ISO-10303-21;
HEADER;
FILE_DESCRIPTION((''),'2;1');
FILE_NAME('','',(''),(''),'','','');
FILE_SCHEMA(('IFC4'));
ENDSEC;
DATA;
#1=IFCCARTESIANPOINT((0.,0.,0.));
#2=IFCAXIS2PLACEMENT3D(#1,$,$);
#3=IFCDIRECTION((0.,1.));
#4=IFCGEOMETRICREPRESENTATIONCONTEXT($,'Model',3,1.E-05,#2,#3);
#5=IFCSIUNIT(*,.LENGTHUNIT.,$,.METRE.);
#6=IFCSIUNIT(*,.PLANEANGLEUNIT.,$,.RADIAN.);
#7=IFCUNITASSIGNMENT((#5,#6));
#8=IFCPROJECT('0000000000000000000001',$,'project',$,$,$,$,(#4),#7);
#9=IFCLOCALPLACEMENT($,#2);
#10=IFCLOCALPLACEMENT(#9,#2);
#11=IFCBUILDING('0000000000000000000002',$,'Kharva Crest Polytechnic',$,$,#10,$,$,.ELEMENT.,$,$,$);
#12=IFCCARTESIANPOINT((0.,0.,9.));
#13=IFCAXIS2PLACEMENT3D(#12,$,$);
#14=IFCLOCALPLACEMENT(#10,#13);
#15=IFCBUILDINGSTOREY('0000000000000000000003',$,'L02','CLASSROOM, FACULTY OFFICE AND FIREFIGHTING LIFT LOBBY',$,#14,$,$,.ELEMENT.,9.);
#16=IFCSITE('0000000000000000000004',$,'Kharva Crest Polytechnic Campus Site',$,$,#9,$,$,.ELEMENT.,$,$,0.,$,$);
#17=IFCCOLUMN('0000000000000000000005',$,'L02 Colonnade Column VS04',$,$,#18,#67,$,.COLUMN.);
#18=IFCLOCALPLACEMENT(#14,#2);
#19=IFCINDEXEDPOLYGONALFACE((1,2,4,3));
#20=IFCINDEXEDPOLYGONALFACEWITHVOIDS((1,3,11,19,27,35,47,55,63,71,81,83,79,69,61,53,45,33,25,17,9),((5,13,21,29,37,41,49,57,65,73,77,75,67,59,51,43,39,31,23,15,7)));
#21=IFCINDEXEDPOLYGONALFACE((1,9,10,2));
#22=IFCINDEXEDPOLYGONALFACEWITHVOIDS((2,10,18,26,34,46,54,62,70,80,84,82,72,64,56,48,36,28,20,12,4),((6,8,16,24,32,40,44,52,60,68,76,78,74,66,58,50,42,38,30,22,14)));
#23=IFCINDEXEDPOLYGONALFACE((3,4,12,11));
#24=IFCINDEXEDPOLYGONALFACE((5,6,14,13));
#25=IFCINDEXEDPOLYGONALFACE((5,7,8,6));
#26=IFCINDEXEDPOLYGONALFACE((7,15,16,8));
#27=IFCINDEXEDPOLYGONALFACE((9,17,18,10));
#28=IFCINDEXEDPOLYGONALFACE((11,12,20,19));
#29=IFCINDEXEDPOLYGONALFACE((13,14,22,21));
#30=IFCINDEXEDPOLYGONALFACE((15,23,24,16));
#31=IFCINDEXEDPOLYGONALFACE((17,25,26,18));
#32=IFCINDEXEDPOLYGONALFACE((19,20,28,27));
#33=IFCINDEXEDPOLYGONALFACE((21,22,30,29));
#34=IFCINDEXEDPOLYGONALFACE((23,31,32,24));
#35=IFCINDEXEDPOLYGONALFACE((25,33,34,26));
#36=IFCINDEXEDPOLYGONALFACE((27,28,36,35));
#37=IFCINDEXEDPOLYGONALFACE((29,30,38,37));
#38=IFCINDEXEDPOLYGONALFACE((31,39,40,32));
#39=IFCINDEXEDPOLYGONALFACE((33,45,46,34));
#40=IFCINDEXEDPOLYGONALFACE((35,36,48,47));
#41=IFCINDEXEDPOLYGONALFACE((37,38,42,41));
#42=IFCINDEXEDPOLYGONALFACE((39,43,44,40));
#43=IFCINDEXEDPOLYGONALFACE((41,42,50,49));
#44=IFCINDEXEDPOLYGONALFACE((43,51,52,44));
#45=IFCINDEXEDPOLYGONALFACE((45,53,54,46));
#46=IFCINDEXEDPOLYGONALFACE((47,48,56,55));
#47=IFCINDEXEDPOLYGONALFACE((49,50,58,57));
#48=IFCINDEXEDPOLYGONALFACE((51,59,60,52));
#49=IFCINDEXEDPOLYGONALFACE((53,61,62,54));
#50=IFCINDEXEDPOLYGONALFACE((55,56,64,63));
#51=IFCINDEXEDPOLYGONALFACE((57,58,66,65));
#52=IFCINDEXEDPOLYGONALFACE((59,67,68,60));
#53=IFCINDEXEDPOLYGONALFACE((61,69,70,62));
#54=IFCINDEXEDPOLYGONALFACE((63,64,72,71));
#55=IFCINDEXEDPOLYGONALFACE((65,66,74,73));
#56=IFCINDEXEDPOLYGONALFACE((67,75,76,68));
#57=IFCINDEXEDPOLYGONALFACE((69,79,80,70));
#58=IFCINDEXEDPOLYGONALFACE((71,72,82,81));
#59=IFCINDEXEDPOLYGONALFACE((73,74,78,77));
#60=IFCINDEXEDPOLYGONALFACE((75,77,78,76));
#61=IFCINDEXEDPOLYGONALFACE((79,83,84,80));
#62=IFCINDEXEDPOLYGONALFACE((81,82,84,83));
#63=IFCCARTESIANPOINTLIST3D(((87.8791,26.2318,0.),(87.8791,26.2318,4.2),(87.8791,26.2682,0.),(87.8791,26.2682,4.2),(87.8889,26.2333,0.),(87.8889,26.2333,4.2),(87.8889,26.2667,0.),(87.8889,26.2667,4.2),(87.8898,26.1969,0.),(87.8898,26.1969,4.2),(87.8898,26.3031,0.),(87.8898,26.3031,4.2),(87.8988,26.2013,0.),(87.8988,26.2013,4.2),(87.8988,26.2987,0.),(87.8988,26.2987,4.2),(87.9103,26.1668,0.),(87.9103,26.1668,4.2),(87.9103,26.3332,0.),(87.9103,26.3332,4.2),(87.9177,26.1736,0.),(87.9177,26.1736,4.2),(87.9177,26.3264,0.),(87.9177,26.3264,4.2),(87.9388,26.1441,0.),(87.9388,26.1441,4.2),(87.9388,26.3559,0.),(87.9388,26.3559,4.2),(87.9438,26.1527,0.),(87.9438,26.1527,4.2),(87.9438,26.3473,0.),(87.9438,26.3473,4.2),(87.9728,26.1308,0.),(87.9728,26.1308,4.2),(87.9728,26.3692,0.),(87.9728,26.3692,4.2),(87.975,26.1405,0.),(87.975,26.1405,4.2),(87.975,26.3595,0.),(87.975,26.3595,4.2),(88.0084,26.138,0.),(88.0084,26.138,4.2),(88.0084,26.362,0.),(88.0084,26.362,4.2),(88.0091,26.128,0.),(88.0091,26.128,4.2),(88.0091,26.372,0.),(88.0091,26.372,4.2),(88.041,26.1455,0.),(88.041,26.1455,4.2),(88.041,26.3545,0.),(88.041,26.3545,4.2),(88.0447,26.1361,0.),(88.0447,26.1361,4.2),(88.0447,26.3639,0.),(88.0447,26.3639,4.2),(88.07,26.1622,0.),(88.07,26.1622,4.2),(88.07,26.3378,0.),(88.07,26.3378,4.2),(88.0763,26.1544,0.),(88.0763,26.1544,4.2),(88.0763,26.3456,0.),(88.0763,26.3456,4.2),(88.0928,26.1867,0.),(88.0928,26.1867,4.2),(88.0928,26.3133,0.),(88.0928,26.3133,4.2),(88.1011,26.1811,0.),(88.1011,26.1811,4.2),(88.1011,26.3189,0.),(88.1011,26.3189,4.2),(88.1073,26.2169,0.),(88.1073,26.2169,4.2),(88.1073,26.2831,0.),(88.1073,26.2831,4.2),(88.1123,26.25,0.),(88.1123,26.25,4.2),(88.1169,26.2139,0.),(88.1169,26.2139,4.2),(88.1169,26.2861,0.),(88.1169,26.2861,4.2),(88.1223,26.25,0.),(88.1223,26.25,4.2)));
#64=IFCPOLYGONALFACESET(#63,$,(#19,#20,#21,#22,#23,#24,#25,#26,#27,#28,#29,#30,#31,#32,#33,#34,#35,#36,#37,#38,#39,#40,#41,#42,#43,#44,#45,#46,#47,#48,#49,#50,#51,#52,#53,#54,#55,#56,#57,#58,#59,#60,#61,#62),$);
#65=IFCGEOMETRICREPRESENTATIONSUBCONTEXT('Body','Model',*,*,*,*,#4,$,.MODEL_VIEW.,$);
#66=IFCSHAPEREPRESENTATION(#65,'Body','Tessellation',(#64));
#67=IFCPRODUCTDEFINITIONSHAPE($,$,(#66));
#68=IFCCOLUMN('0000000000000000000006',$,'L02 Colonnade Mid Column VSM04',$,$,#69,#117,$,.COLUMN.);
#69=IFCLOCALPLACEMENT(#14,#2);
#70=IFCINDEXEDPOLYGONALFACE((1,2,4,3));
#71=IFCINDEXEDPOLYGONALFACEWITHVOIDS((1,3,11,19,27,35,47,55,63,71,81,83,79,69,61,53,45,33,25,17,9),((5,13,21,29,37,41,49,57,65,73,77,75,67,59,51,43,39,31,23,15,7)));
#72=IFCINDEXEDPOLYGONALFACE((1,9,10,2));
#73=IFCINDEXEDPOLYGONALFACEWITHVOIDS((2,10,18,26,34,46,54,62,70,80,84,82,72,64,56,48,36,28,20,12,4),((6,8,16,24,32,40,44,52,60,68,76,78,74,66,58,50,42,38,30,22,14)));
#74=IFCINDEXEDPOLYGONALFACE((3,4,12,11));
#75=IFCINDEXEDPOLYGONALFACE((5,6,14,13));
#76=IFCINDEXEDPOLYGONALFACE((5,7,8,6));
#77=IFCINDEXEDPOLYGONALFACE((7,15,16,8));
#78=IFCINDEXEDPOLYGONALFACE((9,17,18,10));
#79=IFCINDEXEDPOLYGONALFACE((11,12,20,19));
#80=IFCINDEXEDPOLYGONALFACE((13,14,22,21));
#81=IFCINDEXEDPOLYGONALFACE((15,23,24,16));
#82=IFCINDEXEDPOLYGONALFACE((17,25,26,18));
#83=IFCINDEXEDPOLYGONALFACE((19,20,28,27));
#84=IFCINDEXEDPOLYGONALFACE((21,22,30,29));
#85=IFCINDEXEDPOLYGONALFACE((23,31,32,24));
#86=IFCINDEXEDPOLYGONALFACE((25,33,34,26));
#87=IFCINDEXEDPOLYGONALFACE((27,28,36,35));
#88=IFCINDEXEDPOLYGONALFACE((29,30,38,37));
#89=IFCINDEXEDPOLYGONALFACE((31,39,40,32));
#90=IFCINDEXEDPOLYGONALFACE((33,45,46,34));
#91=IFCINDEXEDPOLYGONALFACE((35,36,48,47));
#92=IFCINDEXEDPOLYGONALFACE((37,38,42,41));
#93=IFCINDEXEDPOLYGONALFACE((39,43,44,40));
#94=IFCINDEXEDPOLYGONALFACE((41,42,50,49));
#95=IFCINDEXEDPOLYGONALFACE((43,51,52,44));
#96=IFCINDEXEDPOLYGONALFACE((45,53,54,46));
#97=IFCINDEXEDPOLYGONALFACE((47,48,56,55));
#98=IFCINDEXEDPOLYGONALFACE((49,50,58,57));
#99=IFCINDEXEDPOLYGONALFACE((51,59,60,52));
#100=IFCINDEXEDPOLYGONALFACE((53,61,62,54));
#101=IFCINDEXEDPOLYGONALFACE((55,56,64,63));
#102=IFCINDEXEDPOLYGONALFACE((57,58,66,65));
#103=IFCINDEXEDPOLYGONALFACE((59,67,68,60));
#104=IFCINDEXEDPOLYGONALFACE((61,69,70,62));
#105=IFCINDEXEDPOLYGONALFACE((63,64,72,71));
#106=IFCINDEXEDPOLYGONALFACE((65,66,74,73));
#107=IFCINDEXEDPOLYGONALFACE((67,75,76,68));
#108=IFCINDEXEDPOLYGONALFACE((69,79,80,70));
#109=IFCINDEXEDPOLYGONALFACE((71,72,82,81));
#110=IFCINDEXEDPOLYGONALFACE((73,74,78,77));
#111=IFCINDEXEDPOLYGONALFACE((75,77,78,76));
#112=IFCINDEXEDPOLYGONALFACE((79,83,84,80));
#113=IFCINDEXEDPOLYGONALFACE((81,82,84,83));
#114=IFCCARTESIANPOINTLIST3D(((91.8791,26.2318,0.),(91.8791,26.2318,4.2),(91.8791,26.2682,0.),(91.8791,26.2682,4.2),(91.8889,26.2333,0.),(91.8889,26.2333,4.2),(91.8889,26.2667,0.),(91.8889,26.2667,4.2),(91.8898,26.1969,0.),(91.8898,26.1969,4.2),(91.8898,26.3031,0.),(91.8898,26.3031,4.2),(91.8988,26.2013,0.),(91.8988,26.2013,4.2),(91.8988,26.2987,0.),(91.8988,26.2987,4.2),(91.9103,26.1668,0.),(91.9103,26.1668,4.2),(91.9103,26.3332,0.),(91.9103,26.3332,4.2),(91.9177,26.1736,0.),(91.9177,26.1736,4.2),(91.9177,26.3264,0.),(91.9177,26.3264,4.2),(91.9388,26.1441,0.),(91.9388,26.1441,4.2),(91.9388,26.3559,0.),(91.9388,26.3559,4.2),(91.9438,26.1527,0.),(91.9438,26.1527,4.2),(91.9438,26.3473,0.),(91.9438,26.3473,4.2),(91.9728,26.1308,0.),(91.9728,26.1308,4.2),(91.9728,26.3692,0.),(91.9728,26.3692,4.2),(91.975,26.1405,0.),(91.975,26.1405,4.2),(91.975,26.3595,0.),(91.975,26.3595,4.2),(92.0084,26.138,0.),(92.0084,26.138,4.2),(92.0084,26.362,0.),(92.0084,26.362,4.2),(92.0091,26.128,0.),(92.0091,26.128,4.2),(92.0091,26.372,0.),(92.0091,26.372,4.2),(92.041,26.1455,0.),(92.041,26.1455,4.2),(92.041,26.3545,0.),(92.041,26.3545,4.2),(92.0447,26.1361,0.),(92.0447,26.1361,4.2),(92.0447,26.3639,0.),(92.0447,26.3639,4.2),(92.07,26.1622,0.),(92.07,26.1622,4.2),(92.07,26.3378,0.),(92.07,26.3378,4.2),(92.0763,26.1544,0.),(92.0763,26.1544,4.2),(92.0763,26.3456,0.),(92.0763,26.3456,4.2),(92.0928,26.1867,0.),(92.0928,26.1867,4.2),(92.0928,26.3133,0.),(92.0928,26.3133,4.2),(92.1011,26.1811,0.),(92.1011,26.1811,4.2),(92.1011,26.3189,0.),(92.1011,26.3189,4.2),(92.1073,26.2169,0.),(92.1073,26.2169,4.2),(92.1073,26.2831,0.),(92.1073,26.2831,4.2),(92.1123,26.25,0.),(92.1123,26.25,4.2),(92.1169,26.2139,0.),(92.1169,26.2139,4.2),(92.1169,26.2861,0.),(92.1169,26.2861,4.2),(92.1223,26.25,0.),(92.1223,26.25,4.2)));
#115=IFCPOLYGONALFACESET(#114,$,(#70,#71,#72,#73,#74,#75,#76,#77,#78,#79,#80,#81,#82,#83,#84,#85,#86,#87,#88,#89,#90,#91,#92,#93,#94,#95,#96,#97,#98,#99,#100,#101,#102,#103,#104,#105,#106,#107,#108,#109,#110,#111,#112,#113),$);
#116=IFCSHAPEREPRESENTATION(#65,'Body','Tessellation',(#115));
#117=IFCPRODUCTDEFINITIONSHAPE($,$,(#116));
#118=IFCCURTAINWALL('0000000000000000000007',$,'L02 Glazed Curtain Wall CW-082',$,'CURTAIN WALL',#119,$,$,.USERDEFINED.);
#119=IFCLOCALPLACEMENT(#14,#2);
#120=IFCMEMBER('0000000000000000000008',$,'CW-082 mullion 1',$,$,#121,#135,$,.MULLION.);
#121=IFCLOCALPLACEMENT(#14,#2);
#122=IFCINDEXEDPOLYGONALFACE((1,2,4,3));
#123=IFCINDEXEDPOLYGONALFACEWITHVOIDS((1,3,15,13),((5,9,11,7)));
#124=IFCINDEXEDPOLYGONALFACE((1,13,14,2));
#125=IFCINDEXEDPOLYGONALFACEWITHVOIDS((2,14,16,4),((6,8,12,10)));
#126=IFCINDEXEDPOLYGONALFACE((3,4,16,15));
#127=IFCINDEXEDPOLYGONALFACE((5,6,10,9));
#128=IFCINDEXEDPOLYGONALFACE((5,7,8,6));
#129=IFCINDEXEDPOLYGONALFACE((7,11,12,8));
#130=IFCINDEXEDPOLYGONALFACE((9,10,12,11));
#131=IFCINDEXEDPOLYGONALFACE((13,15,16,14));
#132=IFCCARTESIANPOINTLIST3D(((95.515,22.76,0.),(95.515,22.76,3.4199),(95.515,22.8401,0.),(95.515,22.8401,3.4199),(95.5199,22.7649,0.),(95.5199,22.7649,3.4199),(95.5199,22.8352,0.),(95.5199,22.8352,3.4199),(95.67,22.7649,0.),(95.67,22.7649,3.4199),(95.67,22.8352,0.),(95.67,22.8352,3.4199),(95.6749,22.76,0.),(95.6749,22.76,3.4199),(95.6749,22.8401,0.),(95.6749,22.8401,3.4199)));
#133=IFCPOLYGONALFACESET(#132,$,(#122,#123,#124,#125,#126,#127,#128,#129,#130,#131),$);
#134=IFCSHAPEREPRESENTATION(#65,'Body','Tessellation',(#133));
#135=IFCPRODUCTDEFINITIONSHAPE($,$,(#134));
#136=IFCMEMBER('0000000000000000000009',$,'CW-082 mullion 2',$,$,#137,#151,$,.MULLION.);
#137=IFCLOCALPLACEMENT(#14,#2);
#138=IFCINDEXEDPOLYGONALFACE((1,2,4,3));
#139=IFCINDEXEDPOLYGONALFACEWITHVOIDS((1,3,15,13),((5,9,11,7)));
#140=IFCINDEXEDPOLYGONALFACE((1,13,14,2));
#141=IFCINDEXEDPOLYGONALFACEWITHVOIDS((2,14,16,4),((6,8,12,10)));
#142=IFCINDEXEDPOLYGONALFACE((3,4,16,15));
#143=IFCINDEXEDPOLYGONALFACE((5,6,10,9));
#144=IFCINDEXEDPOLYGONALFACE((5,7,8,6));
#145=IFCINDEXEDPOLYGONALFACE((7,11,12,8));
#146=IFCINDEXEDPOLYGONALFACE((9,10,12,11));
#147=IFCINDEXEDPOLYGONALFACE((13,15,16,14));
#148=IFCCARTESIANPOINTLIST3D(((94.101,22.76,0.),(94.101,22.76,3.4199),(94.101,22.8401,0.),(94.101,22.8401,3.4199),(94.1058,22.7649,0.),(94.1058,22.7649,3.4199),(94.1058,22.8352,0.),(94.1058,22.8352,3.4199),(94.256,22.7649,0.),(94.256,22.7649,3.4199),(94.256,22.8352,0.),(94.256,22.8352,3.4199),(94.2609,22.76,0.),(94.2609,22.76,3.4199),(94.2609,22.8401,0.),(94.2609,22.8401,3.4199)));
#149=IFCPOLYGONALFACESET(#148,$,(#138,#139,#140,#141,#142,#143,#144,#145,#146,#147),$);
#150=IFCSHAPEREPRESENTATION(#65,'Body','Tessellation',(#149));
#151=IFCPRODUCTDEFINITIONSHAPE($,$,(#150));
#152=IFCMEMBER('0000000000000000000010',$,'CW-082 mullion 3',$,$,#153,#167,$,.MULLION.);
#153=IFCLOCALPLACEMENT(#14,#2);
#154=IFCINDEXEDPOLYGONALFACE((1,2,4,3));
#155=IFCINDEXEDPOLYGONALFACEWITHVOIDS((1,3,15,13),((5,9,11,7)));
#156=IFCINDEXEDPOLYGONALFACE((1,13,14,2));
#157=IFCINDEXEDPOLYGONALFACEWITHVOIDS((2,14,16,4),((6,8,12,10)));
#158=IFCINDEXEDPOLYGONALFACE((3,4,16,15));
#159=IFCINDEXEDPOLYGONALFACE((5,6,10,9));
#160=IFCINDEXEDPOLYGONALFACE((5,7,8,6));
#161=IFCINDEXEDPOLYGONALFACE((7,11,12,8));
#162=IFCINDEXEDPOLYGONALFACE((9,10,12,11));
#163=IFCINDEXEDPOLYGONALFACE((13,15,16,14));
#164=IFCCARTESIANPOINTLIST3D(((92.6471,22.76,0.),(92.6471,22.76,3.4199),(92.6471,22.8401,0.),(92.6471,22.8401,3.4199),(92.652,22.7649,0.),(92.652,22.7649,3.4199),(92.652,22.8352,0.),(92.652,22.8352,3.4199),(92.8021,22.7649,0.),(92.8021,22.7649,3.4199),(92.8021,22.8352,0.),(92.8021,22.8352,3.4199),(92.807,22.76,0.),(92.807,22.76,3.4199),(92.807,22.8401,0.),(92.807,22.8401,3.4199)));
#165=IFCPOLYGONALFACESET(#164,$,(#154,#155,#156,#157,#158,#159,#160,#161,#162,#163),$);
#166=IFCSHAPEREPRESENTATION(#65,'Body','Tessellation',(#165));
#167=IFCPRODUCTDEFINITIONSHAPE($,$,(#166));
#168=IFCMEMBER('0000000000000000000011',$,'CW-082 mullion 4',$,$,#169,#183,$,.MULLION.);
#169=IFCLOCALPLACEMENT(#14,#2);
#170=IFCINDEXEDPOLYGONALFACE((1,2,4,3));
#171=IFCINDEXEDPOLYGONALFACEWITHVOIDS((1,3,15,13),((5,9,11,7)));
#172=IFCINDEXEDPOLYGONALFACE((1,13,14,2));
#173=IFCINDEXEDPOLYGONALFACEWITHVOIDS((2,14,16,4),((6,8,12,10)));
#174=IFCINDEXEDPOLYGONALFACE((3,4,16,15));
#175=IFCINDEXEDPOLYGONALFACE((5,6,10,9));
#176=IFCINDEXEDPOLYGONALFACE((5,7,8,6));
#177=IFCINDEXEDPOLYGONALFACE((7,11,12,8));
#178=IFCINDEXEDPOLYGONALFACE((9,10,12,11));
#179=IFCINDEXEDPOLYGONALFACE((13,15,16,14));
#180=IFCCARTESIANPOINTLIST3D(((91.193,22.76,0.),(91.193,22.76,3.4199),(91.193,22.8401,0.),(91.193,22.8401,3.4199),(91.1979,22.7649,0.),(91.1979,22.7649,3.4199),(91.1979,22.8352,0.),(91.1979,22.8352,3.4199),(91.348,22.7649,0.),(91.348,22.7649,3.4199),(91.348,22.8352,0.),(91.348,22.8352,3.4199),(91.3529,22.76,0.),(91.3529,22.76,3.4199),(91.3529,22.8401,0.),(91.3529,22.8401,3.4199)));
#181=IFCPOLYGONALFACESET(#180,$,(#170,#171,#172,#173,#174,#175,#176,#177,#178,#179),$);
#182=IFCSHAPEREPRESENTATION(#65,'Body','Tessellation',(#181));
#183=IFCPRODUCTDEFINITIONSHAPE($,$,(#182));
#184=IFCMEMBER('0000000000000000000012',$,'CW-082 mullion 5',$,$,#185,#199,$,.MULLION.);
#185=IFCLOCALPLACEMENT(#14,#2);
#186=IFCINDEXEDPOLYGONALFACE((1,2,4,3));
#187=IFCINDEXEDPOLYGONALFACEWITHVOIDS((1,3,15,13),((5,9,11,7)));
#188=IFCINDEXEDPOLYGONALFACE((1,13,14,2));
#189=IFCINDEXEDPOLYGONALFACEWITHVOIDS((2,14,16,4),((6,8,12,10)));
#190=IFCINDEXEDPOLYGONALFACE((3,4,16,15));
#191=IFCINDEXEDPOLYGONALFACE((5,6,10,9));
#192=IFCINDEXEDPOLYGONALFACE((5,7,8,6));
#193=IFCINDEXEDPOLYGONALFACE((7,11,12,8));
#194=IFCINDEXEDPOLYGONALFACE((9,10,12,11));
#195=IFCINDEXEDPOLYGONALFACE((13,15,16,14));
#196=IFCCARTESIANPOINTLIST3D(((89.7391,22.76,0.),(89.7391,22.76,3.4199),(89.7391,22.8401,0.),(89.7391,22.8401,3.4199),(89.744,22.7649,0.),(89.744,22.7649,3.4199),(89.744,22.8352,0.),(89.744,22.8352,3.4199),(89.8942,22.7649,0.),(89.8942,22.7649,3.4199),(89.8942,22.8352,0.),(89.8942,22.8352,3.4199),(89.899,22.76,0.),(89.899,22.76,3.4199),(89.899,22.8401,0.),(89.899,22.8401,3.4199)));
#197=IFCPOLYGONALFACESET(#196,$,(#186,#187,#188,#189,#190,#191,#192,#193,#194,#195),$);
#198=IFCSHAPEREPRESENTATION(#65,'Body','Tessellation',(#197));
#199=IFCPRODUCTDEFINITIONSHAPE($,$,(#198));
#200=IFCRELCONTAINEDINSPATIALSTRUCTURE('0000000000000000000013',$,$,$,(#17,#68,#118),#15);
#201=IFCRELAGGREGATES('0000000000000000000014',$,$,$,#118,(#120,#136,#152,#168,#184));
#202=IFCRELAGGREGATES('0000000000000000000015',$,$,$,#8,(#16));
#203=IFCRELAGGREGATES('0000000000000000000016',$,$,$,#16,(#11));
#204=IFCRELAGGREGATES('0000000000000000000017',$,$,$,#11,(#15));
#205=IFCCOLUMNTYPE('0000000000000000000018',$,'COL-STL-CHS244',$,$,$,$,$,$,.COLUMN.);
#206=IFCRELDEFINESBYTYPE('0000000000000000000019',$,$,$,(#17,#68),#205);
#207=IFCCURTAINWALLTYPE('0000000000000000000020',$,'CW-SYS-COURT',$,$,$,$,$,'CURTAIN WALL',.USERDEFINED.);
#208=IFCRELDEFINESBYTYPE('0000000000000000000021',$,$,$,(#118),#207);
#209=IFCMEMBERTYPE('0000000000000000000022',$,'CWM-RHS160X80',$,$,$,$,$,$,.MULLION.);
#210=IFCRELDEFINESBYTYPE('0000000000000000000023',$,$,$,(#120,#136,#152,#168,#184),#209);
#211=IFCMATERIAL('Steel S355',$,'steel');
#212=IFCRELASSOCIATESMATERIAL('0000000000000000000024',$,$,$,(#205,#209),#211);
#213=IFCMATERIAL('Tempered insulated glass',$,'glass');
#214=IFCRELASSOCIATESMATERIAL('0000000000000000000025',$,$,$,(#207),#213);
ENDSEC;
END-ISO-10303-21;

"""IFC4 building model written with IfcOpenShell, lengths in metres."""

from ifc_helpers import new_model, si_unit, direction, frame, origin, origin_2d, place, context, subcontext, project, spatial, hollow_rectangle, hollow_circle, extrude, material, material_profile, profile_set, type_object, element, aggregate, save


model = new_model("IFC4")

# Units and contexts
model_context = context("Model", 3, precision=1e-05, world=origin(), true_north=direction((0.0, 1.0)))
body_context = subcontext(model_context, "Body", "Model", "MODEL_VIEW")
ifc_project = project(units=[si_unit("LENGTHUNIT", "METRE"), si_unit("PLANEANGLEUNIT", "RADIAN")], contexts=[model_context])

# Site, building, storey
site_placement = place(None, origin())
site = spatial("IfcSite", under=ifc_project, at=site_placement, Name="Kharva Crest Polytechnic Campus Site", CompositionType="ELEMENT", RefElevation=0.0)
building_placement = place(site_placement, origin())
building = spatial("IfcBuilding", under=site, at=building_placement, Name="Kharva Crest Polytechnic", CompositionType="ELEMENT")
storey_placement = place(building_placement, frame((0.0, 0.0, 9.0)))
storey = spatial("IfcBuildingStorey", under=building, at=storey_placement, Name="L02", Description="CLASSROOM, FACULTY OFFICE AND FIREFIGHTING LIFT LOBBY", CompositionType="ELEMENT", Elevation=9.0)

# Columns
ifc_material_1 = material(Name="Steel S355", Category="steel")
ifc_material_profile_1 = material_profile(ifc_material_1, hollow_circle(Radius=0.1223, WallThickness=0.01, at=origin_2d()), Name="CHS 244.5X10.0")
ifc_profile_set_1 = profile_set([ifc_material_profile_1], Name="Steel S355")
column_type = type_object("IfcColumnType", Name="COL-STL-CHS244", PredefinedType="COLUMN", material=ifc_profile_set_1)
for number, where, z_axis, x_axis, name in (
    (1, (88.0, 26.25, 0.0), (0.0, 0.0, 1.0), (1.0, 0.0, 0.0), "L02 Colonnade Column VS04"),
    (2, (92.0, 26.25, 0.0), (0.0, 0.0, 1.0), (1.0, 0.0, 0.0), "L02 Colonnade Mid Column VSM04"),
):
    element("IfcColumn", number, at=place(storey_placement, frame(where, z_axis=z_axis, x_axis=x_axis)), inside=storey, type_object=column_type, Name=name, PredefinedType="COLUMN", context=body_context, shape_type="SweptSolid", body=[
        extrude(hollow_circle(Radius=0.1223, WallThickness=0.01, at=origin_2d()), origin(), (0.0, 0.0, 1.0), 4.2),
    ])

# Curtain wall, members
ifc_material_2 = material(Name="Tempered insulated glass", Category="glass")
curtain_wall_type = type_object("IfcCurtainWallType", Name="CW-SYS-COURT", ElementType="CURTAIN WALL", PredefinedType="USERDEFINED", material=ifc_material_2)
curtain_wall_placement = place(storey_placement, origin())
curtain_wall = element("IfcCurtainWall", 3, at=curtain_wall_placement, inside=storey, type_object=curtain_wall_type, Name="L02 Glazed Curtain Wall CW-082", ObjectType="CURTAIN WALL", PredefinedType="USERDEFINED")
ifc_material_profile_2 = material_profile(ifc_material_1, hollow_rectangle(XDim=0.0801, YDim=0.1599, WallThickness=0.0049, at=origin_2d()), Name="RHS 160X80X5.0")
ifc_profile_set_2 = profile_set([ifc_material_profile_2], Name="Steel S355")
member_type_1 = type_object("IfcMemberType", Name="CWM-RHS160X80", PredefinedType="MULLION", material=ifc_profile_set_2)
member_1_placement = place(storey_placement, frame((95.595, 22.8, 0.0), z_axis=(0.0, 0.0, 1.0), x_axis=(0.0, -1.0, 0.0)))
member_1 = element("IfcMember", 4, at=member_1_placement, type_object=member_type_1, Name="CW-082 mullion 1", PredefinedType="MULLION", context=body_context, shape_type="SweptSolid", body=[
    extrude(hollow_rectangle(XDim=0.0801, YDim=0.1599, WallThickness=0.0049, at=origin_2d()), origin(), (0.0, 0.0, 1.0), 3.4199),
])
member_2_placement = place(storey_placement, frame((94.1809, 22.8, 0.0), z_axis=(0.0, 0.0, 1.0), x_axis=(0.0, -1.0, 0.0)))
member_2 = element("IfcMember", 5, at=member_2_placement, type_object=member_type_1, Name="CW-082 mullion 2", PredefinedType="MULLION", context=body_context, shape_type="SweptSolid", body=[
    extrude(hollow_rectangle(XDim=0.0801, YDim=0.1599, WallThickness=0.0049, at=origin_2d()), origin(), (0.0, 0.0, 1.0), 3.4199),
])
member_3_placement = place(storey_placement, frame((92.7271, 22.8, 0.0), z_axis=(0.0, 0.0, 1.0), x_axis=(0.0, -1.0, 0.0)))
member_3 = element("IfcMember", 6, at=member_3_placement, type_object=member_type_1, Name="CW-082 mullion 3", PredefinedType="MULLION", context=body_context, shape_type="SweptSolid", body=[
    extrude(hollow_rectangle(XDim=0.0801, YDim=0.1599, WallThickness=0.0049, at=origin_2d()), origin(), (0.0, 0.0, 1.0), 3.4199),
])
member_4_placement = place(storey_placement, frame((91.2729, 22.8, 0.0), z_axis=(0.0, 0.0, 1.0), x_axis=(0.0, -1.0, 0.0)))
member_4 = element("IfcMember", 7, at=member_4_placement, type_object=member_type_1, Name="CW-082 mullion 4", PredefinedType="MULLION", context=body_context, shape_type="SweptSolid", body=[
    extrude(hollow_rectangle(XDim=0.0801, YDim=0.1599, WallThickness=0.0049, at=origin_2d()), origin(), (0.0, 0.0, 1.0), 3.4199),
])
member_5_placement = place(storey_placement, frame((89.8191, 22.8, 0.0), z_axis=(0.0, 0.0, 1.0), x_axis=(0.0, -1.0, 0.0)))
member_5 = element("IfcMember", 8, at=member_5_placement, type_object=member_type_1, Name="CW-082 mullion 5", PredefinedType="MULLION", context=body_context, shape_type="SweptSolid", body=[
    extrude(hollow_rectangle(XDim=0.0801, YDim=0.1599, WallThickness=0.0049, at=origin_2d()), origin(), (0.0, 0.0, 1.0), 3.4199),
])
aggregate(curtain_wall, [member_1, member_2, member_3, member_4, member_5])

save(model, "model.ifc")
